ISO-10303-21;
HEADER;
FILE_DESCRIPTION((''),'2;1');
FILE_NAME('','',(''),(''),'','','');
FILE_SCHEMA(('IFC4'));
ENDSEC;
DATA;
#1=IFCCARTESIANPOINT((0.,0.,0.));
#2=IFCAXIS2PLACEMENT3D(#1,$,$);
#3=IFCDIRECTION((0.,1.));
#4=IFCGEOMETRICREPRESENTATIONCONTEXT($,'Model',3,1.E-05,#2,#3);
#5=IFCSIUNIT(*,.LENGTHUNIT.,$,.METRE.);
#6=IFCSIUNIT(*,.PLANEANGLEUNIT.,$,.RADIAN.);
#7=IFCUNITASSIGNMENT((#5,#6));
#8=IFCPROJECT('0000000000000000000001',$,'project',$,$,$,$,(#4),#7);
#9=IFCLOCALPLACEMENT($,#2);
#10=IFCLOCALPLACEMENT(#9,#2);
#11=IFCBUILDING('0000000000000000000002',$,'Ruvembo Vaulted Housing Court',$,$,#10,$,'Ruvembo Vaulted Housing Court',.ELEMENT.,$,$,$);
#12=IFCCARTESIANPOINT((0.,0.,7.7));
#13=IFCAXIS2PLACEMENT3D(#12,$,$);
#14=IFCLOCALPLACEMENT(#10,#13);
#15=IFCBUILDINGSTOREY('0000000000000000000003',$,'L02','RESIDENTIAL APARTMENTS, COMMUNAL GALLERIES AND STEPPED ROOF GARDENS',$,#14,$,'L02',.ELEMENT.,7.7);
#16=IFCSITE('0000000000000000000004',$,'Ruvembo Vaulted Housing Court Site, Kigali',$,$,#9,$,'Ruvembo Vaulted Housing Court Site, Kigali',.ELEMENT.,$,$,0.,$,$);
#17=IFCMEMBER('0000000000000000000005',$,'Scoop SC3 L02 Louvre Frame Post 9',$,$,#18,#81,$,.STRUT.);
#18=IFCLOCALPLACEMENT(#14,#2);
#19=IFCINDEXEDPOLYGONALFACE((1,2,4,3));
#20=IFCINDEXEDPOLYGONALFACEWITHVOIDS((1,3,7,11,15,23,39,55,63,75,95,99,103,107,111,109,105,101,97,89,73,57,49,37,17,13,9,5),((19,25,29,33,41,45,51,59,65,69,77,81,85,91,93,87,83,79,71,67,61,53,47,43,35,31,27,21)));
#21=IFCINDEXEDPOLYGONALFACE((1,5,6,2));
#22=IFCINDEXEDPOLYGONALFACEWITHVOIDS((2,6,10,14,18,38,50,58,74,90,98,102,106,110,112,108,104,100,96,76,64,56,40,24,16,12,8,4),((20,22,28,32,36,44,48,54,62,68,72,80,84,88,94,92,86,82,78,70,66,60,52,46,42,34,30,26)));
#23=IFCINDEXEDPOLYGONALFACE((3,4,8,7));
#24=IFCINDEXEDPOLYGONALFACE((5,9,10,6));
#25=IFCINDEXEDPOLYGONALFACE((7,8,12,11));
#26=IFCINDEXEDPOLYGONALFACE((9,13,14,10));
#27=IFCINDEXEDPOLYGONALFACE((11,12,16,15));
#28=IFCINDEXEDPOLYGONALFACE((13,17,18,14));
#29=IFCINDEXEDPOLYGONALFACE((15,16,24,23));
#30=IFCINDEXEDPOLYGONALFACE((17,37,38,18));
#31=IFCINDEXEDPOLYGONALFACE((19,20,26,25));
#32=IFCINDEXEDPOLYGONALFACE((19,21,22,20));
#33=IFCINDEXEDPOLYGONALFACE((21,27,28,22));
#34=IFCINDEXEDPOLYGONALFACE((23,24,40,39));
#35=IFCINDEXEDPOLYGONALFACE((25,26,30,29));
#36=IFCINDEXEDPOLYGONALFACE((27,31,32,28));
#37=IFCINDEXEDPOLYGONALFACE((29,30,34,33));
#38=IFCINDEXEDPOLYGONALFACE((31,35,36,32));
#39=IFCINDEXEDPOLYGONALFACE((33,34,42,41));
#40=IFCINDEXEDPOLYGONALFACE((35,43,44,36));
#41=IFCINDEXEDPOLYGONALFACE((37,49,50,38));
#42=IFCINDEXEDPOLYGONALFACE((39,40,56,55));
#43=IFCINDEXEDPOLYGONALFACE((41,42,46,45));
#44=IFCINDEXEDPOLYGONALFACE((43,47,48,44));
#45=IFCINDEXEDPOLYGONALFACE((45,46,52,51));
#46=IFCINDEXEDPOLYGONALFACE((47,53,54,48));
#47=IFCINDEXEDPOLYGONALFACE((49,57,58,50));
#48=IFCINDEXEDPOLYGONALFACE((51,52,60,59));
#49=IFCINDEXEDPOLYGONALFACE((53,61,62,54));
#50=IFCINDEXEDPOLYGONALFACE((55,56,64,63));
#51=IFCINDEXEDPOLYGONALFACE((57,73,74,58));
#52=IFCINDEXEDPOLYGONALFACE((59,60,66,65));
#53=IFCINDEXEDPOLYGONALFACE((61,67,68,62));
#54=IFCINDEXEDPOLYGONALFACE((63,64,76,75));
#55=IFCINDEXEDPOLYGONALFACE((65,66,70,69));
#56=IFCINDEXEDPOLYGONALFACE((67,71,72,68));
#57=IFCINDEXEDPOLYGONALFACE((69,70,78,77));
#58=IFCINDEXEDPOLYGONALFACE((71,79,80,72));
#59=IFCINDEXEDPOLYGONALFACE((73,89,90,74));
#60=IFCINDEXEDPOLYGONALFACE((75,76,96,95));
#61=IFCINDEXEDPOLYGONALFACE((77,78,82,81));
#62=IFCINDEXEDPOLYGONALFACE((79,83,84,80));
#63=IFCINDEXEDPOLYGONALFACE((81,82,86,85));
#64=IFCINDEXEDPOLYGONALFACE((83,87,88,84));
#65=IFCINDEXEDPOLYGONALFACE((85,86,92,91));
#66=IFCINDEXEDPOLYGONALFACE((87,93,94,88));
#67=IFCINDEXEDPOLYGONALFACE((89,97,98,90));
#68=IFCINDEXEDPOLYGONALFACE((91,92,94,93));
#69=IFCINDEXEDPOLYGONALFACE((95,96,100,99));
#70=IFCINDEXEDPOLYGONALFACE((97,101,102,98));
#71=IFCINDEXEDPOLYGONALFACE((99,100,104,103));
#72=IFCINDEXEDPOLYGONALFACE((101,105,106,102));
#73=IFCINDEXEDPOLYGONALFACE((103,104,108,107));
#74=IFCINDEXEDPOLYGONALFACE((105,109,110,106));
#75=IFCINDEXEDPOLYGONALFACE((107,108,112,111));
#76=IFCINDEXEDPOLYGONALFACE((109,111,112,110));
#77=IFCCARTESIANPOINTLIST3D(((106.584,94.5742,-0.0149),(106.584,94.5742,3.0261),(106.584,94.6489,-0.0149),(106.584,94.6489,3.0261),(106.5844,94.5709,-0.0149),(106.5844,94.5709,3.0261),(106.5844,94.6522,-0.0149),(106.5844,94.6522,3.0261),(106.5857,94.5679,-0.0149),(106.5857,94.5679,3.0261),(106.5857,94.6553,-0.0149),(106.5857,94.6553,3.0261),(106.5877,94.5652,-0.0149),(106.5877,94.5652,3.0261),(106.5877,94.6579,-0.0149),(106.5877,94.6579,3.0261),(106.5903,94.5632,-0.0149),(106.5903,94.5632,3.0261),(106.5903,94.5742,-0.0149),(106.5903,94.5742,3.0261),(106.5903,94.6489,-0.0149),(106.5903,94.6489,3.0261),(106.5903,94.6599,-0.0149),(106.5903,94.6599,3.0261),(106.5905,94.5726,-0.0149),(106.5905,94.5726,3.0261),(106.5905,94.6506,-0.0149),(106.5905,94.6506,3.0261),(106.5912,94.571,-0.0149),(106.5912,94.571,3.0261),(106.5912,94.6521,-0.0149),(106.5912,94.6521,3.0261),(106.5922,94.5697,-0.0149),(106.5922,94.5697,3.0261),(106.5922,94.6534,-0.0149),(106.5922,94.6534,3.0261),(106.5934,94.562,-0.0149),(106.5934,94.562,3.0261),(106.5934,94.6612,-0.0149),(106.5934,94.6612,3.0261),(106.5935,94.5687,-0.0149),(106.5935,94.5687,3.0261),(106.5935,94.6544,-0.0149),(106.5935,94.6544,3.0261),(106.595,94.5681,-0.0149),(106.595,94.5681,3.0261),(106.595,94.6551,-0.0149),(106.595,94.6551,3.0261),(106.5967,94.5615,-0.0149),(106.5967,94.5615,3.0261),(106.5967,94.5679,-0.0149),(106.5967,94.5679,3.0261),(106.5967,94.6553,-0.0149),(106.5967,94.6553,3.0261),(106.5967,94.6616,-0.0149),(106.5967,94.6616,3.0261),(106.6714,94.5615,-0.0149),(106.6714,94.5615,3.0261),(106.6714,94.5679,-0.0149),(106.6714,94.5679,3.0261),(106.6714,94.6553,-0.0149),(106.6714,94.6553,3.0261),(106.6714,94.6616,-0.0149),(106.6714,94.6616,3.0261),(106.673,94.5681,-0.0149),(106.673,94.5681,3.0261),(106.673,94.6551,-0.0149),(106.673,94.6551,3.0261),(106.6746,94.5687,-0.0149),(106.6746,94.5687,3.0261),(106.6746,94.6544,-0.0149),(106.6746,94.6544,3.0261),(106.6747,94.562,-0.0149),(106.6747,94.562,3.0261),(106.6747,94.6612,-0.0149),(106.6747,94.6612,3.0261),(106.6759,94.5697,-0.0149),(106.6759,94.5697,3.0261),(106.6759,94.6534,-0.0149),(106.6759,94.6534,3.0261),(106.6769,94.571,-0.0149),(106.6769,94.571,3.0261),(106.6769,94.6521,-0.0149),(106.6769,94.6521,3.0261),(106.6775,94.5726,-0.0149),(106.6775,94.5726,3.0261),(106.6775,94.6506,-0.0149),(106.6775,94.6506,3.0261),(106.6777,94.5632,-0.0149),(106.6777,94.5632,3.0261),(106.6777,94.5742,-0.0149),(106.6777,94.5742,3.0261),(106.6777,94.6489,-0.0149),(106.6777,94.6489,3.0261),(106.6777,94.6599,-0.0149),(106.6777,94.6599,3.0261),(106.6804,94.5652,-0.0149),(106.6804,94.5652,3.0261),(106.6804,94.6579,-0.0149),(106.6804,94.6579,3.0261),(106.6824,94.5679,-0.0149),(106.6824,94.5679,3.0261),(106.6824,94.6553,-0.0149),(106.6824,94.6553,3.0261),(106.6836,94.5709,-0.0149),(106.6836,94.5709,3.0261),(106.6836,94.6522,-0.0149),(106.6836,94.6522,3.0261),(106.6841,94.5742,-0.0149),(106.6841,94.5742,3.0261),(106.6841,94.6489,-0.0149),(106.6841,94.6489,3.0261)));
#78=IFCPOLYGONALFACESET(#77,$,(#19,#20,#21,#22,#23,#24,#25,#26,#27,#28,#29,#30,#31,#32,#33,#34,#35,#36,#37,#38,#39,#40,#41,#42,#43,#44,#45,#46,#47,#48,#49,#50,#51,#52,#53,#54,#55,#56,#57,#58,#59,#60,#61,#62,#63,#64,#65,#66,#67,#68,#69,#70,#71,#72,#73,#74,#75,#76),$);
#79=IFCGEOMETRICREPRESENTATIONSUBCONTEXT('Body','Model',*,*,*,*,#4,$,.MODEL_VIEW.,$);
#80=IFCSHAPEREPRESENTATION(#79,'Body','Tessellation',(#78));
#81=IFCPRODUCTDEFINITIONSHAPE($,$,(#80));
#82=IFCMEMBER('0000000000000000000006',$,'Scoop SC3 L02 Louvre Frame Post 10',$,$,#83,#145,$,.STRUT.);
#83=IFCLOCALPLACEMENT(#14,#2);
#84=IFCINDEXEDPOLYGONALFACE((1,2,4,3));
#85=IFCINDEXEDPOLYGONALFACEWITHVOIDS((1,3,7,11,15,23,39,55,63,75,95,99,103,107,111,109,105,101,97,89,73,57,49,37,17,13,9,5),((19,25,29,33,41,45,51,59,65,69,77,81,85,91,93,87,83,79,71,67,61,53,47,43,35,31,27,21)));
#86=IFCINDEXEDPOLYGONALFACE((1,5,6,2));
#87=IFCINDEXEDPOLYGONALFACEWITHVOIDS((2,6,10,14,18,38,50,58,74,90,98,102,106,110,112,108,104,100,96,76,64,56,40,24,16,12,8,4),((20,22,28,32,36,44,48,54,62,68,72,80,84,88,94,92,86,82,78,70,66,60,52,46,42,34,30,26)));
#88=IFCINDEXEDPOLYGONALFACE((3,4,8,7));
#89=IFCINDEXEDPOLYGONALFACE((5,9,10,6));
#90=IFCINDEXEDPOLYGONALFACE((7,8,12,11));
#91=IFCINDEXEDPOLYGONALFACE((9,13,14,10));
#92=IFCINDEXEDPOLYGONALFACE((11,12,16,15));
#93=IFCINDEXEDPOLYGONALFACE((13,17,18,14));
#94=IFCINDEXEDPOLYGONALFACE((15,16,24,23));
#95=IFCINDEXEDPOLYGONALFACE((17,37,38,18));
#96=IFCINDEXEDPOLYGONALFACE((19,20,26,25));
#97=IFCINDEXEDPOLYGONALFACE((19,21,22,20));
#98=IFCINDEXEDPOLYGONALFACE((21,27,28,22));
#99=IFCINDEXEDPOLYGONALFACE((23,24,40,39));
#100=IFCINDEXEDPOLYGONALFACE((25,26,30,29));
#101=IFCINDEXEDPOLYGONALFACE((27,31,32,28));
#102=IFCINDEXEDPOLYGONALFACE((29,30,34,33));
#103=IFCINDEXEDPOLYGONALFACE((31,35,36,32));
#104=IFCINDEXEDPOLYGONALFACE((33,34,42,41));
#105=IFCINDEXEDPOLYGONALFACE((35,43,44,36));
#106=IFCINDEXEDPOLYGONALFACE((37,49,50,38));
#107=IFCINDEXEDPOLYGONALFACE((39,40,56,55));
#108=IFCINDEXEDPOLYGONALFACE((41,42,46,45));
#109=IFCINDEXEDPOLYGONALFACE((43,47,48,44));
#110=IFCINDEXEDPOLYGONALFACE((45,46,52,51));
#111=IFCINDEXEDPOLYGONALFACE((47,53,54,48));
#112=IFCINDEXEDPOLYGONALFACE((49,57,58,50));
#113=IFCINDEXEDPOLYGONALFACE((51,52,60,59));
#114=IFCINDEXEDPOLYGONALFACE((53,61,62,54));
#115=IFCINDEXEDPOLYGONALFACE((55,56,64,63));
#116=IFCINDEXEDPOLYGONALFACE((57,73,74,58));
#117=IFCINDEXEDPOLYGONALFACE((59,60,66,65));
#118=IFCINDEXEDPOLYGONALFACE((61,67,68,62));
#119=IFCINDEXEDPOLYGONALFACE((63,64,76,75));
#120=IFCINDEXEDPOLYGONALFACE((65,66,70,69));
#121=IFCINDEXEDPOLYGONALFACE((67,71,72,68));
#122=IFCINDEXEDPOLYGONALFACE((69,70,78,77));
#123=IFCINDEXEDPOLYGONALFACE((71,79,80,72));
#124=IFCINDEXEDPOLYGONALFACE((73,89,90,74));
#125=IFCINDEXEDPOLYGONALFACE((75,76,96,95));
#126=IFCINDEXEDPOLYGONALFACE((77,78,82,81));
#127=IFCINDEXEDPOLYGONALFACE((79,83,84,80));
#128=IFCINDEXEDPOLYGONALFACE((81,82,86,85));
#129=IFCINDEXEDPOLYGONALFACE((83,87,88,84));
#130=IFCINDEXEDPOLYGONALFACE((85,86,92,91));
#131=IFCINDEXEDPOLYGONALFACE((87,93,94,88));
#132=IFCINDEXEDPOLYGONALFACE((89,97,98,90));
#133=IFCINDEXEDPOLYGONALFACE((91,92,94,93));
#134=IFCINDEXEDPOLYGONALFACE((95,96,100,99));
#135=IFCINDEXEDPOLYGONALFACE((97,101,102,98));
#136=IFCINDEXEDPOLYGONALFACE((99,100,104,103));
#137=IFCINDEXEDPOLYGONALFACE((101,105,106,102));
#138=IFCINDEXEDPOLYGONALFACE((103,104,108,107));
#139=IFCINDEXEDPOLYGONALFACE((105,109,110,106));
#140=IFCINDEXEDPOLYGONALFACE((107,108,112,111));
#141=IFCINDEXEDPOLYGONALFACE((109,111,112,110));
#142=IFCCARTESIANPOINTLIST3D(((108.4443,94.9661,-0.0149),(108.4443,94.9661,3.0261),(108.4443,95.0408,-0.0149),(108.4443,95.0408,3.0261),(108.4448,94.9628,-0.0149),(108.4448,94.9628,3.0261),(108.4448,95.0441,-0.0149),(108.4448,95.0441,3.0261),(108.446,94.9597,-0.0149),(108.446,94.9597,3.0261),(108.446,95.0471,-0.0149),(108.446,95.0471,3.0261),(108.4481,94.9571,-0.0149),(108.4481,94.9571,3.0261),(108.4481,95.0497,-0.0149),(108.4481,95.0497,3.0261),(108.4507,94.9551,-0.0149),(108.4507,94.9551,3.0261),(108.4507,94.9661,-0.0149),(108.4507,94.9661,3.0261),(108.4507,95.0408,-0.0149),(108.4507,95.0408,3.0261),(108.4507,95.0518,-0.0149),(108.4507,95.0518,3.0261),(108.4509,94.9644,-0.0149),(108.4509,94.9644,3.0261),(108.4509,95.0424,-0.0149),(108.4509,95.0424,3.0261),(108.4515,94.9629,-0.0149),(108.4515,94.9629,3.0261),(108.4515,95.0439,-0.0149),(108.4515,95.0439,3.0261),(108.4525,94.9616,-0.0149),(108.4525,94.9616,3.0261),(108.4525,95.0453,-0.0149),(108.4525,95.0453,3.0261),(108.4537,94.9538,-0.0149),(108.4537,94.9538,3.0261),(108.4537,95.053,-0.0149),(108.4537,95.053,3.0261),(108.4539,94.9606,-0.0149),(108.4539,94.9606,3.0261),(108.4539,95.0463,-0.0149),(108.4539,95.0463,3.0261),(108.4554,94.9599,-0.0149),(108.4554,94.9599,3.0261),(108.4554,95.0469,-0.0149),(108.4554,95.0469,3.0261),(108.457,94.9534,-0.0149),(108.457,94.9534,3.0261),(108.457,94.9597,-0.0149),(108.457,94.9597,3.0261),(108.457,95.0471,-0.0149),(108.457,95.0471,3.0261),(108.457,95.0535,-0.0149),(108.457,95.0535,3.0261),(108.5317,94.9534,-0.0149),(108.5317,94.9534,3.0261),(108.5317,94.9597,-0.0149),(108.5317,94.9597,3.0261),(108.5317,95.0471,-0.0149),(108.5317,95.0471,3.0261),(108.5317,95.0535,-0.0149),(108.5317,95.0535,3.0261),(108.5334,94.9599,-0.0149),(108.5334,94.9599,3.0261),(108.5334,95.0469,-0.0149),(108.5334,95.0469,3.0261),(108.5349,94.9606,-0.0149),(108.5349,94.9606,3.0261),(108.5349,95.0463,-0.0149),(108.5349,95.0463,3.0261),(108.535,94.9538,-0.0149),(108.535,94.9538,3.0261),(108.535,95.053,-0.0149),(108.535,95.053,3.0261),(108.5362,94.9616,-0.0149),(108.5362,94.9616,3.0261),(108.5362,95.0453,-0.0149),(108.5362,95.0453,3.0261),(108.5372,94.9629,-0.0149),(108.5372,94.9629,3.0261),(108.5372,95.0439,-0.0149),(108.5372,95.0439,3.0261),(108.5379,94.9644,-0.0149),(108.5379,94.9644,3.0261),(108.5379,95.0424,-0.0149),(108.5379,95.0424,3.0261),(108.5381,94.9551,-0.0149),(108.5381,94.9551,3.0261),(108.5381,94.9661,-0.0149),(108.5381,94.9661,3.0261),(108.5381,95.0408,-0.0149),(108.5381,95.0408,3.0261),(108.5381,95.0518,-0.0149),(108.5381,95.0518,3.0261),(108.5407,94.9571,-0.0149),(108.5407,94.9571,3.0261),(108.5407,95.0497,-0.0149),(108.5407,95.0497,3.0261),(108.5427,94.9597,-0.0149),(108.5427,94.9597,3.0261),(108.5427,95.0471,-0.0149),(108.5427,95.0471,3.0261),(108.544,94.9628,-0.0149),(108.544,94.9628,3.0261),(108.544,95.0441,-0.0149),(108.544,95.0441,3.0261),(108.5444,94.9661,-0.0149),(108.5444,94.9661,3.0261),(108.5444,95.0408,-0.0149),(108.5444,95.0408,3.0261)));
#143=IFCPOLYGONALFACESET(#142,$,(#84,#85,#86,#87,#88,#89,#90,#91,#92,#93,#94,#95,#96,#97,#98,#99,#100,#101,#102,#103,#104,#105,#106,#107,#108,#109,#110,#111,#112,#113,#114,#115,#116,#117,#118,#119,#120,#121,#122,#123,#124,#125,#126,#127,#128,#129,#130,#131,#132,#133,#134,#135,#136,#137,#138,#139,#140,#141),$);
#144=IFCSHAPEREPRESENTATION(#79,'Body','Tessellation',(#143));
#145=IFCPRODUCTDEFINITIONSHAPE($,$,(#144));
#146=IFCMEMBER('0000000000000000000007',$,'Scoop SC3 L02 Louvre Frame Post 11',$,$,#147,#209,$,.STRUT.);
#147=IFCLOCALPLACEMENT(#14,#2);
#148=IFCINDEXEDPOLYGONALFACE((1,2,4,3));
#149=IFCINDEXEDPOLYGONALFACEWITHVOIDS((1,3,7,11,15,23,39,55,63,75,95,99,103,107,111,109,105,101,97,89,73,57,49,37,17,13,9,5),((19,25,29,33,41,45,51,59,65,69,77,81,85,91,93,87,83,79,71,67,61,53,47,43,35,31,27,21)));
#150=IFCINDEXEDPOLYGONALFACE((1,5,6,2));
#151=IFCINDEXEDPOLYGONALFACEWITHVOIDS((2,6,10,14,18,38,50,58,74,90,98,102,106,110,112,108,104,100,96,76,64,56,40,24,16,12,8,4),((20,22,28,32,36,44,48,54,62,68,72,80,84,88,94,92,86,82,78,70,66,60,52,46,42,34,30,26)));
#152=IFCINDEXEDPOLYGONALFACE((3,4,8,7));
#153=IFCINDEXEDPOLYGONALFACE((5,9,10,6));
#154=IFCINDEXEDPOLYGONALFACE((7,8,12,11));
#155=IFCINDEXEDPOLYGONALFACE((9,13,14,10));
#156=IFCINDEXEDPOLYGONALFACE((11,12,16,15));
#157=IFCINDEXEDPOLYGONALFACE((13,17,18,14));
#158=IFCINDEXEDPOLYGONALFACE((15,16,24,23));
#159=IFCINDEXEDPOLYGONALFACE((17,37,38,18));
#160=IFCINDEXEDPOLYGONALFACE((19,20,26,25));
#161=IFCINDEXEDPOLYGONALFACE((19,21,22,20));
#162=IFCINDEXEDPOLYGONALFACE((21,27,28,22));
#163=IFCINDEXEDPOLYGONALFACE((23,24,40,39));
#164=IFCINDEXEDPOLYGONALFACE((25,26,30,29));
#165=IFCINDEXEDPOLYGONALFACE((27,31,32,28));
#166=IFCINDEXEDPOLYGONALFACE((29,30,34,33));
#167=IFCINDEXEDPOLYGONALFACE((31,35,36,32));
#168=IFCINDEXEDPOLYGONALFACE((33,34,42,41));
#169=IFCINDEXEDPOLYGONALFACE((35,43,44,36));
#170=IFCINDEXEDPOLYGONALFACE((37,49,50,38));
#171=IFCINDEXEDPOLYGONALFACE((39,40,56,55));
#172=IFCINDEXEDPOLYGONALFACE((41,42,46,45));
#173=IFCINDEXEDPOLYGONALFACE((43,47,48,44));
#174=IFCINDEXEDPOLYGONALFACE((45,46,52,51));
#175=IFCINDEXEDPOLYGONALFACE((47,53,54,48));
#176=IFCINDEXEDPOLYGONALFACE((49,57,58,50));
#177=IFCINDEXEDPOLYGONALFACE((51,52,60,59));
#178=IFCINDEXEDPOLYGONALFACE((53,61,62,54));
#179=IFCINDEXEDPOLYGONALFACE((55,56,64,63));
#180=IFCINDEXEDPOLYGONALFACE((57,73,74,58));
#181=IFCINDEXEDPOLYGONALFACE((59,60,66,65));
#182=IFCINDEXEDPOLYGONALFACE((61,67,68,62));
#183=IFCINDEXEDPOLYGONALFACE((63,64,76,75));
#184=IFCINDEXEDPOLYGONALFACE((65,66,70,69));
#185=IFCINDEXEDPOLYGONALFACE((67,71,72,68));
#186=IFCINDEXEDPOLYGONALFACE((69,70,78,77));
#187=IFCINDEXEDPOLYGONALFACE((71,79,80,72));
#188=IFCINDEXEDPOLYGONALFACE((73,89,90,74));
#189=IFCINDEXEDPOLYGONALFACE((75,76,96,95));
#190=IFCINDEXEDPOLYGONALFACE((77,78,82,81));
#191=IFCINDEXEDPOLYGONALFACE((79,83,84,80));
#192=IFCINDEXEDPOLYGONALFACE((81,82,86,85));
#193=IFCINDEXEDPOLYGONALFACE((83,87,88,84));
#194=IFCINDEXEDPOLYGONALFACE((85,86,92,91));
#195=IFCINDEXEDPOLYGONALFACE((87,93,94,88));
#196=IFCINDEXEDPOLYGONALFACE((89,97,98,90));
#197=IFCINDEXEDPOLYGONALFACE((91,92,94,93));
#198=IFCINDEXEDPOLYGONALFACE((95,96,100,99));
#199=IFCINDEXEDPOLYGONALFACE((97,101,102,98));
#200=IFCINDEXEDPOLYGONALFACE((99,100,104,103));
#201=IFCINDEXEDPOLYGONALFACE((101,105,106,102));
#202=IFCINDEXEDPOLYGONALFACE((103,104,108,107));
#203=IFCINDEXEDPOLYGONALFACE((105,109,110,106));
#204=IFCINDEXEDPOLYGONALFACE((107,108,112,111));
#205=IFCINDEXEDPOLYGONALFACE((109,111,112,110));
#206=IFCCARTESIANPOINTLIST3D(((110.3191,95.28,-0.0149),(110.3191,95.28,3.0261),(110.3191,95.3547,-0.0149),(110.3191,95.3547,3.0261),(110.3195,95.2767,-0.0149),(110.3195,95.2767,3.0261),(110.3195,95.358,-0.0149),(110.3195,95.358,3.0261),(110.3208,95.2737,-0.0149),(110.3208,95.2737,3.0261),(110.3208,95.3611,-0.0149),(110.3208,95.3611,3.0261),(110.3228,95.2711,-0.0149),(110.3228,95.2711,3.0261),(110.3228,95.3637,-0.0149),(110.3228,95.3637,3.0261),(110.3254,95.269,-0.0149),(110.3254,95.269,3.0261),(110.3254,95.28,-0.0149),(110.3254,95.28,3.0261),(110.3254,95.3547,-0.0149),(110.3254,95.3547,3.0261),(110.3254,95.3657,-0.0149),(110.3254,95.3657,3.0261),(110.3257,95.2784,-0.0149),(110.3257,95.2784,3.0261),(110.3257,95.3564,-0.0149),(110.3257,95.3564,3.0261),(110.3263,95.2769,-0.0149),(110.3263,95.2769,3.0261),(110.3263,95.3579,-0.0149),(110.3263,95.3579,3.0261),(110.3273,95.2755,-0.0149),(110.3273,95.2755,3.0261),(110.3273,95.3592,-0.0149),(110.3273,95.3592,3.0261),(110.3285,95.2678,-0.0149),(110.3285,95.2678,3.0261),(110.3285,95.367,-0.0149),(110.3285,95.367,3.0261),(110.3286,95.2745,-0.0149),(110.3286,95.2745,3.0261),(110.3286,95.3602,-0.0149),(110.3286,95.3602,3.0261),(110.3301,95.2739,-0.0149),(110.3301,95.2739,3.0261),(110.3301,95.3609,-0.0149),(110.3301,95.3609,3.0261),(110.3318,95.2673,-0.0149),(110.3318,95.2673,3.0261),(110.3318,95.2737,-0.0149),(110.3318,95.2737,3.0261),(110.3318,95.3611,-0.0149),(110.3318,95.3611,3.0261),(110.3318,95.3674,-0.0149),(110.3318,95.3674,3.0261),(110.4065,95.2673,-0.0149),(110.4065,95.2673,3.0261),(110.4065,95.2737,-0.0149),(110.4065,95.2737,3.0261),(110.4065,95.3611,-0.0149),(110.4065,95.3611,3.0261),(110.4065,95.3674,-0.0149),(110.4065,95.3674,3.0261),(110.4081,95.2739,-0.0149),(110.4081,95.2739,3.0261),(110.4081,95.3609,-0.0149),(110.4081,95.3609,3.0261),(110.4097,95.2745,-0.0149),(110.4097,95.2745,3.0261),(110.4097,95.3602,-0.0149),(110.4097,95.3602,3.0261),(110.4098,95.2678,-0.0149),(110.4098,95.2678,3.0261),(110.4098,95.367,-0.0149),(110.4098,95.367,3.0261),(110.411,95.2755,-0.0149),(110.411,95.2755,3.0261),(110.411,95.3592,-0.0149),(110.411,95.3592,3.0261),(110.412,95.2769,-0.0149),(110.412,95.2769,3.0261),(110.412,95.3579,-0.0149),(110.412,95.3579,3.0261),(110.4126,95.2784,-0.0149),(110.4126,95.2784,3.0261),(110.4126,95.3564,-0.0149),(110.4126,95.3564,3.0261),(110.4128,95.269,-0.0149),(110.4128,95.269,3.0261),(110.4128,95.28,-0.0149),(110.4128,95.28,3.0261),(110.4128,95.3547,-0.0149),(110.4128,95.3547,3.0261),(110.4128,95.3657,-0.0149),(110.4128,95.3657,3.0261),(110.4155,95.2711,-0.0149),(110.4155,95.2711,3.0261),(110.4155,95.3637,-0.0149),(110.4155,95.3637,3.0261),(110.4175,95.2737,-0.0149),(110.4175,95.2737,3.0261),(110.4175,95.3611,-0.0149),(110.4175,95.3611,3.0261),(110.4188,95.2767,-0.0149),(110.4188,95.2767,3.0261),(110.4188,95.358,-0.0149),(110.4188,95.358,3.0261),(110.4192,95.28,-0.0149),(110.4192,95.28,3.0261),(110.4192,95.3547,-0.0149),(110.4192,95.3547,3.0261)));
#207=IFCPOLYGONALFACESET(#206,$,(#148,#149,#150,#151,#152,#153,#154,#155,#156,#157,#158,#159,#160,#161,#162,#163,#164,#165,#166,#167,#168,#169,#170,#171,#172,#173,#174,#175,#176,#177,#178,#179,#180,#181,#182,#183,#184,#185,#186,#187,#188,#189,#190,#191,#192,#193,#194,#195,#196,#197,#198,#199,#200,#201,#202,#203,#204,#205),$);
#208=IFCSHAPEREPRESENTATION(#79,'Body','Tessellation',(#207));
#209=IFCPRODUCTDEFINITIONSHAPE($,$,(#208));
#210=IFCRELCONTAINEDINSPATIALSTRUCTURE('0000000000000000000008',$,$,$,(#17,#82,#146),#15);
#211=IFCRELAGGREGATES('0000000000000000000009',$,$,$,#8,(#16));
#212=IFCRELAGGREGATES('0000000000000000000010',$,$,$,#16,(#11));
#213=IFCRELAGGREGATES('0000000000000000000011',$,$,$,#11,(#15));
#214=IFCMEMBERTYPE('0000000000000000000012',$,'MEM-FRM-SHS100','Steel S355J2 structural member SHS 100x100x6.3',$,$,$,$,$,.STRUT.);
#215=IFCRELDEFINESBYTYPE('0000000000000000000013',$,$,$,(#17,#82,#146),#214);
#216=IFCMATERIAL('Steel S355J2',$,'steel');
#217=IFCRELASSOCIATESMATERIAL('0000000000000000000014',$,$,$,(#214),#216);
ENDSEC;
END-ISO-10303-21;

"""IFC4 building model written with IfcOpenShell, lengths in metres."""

from ifc_helpers import new_model, si_unit, direction, frame, origin, origin_2d, place, context, subcontext, project, spatial, hollow_rectangle, extrude, material, material_profile, profile_set, type_object, element, save


model = new_model("IFC4")

# Units and contexts
model_context = context("Model", 3, precision=1e-05, world=origin(), true_north=direction((0.0, 1.0)))
body_context = subcontext(model_context, "Body", "Model", "MODEL_VIEW")
ifc_project = project(units=[si_unit("LENGTHUNIT", "METRE"), si_unit("PLANEANGLEUNIT", "RADIAN")], contexts=[model_context])

# Site, building, storey
site_placement = place(None, origin())
site = spatial("IfcSite", under=ifc_project, at=site_placement, Name="Ruvembo Vaulted Housing Court Site, Kigali", LongName="Ruvembo Vaulted Housing Court Site, Kigali", CompositionType="ELEMENT", RefElevation=0.0)
building_placement = place(site_placement, origin())
building = spatial("IfcBuilding", under=site, at=building_placement, Name="Ruvembo Vaulted Housing Court", LongName="Ruvembo Vaulted Housing Court", CompositionType="ELEMENT")
storey_placement = place(building_placement, frame((0.0, 0.0, 7.7)))
storey = spatial("IfcBuildingStorey", under=building, at=storey_placement, Name="L02", Description="RESIDENTIAL APARTMENTS, COMMUNAL GALLERIES AND STEPPED ROOF GARDENS", LongName="L02", CompositionType="ELEMENT", Elevation=7.7)

# Shared definitions
ifc_material_1 = material(Name="Steel S355J2", Category="steel")

# Members
ifc_material_profile_1 = material_profile(ifc_material_1, hollow_rectangle(XDim=0.1001, YDim=0.1001, WallThickness=0.0063, InnerFilletRadius=0.0063, OuterFilletRadius=0.0127, at=origin_2d()), Name="SHS 100x100x6.3")
ifc_profile_set_1 = profile_set([ifc_material_profile_1], Name="Steel S355J2")
member_type_1 = type_object("IfcMemberType", Name="MEM-FRM-SHS100", Description="Steel S355J2 structural member SHS 100x100x6.3", PredefinedType="STRUT", material=ifc_profile_set_1)
for number, where, z_axis, x_axis, name in (
    (1, (106.634, 94.6116, -0.0149), (0.0, 0.0, 1.0), (1.0, 0.0, 0.0), "Scoop SC3 L02 Louvre Frame Post 9"),
    (2, (108.4944, 95.0034, -0.0149), (0.0, 0.0, 1.0), (1.0, 0.0, 0.0), "Scoop SC3 L02 Louvre Frame Post 10"),
    (3, (110.3691, 95.3174, -0.0149), (0.0, 0.0, 1.0), (1.0, 0.0, 0.0), "Scoop SC3 L02 Louvre Frame Post 11"),
):
    element("IfcMember", number, at=place(storey_placement, frame(where, z_axis=z_axis, x_axis=x_axis)), inside=storey, type_object=member_type_1, Name=name, PredefinedType="STRUT", context=body_context, shape_type="SweptSolid", body=[
        extrude(hollow_rectangle(XDim=0.1001, YDim=0.1001, WallThickness=0.0063, InnerFilletRadius=0.0063, OuterFilletRadius=0.0127, at=origin_2d()), origin(), (0.0, 0.0, 1.0), 3.041),
    ])

save(model, "model.ifc")
